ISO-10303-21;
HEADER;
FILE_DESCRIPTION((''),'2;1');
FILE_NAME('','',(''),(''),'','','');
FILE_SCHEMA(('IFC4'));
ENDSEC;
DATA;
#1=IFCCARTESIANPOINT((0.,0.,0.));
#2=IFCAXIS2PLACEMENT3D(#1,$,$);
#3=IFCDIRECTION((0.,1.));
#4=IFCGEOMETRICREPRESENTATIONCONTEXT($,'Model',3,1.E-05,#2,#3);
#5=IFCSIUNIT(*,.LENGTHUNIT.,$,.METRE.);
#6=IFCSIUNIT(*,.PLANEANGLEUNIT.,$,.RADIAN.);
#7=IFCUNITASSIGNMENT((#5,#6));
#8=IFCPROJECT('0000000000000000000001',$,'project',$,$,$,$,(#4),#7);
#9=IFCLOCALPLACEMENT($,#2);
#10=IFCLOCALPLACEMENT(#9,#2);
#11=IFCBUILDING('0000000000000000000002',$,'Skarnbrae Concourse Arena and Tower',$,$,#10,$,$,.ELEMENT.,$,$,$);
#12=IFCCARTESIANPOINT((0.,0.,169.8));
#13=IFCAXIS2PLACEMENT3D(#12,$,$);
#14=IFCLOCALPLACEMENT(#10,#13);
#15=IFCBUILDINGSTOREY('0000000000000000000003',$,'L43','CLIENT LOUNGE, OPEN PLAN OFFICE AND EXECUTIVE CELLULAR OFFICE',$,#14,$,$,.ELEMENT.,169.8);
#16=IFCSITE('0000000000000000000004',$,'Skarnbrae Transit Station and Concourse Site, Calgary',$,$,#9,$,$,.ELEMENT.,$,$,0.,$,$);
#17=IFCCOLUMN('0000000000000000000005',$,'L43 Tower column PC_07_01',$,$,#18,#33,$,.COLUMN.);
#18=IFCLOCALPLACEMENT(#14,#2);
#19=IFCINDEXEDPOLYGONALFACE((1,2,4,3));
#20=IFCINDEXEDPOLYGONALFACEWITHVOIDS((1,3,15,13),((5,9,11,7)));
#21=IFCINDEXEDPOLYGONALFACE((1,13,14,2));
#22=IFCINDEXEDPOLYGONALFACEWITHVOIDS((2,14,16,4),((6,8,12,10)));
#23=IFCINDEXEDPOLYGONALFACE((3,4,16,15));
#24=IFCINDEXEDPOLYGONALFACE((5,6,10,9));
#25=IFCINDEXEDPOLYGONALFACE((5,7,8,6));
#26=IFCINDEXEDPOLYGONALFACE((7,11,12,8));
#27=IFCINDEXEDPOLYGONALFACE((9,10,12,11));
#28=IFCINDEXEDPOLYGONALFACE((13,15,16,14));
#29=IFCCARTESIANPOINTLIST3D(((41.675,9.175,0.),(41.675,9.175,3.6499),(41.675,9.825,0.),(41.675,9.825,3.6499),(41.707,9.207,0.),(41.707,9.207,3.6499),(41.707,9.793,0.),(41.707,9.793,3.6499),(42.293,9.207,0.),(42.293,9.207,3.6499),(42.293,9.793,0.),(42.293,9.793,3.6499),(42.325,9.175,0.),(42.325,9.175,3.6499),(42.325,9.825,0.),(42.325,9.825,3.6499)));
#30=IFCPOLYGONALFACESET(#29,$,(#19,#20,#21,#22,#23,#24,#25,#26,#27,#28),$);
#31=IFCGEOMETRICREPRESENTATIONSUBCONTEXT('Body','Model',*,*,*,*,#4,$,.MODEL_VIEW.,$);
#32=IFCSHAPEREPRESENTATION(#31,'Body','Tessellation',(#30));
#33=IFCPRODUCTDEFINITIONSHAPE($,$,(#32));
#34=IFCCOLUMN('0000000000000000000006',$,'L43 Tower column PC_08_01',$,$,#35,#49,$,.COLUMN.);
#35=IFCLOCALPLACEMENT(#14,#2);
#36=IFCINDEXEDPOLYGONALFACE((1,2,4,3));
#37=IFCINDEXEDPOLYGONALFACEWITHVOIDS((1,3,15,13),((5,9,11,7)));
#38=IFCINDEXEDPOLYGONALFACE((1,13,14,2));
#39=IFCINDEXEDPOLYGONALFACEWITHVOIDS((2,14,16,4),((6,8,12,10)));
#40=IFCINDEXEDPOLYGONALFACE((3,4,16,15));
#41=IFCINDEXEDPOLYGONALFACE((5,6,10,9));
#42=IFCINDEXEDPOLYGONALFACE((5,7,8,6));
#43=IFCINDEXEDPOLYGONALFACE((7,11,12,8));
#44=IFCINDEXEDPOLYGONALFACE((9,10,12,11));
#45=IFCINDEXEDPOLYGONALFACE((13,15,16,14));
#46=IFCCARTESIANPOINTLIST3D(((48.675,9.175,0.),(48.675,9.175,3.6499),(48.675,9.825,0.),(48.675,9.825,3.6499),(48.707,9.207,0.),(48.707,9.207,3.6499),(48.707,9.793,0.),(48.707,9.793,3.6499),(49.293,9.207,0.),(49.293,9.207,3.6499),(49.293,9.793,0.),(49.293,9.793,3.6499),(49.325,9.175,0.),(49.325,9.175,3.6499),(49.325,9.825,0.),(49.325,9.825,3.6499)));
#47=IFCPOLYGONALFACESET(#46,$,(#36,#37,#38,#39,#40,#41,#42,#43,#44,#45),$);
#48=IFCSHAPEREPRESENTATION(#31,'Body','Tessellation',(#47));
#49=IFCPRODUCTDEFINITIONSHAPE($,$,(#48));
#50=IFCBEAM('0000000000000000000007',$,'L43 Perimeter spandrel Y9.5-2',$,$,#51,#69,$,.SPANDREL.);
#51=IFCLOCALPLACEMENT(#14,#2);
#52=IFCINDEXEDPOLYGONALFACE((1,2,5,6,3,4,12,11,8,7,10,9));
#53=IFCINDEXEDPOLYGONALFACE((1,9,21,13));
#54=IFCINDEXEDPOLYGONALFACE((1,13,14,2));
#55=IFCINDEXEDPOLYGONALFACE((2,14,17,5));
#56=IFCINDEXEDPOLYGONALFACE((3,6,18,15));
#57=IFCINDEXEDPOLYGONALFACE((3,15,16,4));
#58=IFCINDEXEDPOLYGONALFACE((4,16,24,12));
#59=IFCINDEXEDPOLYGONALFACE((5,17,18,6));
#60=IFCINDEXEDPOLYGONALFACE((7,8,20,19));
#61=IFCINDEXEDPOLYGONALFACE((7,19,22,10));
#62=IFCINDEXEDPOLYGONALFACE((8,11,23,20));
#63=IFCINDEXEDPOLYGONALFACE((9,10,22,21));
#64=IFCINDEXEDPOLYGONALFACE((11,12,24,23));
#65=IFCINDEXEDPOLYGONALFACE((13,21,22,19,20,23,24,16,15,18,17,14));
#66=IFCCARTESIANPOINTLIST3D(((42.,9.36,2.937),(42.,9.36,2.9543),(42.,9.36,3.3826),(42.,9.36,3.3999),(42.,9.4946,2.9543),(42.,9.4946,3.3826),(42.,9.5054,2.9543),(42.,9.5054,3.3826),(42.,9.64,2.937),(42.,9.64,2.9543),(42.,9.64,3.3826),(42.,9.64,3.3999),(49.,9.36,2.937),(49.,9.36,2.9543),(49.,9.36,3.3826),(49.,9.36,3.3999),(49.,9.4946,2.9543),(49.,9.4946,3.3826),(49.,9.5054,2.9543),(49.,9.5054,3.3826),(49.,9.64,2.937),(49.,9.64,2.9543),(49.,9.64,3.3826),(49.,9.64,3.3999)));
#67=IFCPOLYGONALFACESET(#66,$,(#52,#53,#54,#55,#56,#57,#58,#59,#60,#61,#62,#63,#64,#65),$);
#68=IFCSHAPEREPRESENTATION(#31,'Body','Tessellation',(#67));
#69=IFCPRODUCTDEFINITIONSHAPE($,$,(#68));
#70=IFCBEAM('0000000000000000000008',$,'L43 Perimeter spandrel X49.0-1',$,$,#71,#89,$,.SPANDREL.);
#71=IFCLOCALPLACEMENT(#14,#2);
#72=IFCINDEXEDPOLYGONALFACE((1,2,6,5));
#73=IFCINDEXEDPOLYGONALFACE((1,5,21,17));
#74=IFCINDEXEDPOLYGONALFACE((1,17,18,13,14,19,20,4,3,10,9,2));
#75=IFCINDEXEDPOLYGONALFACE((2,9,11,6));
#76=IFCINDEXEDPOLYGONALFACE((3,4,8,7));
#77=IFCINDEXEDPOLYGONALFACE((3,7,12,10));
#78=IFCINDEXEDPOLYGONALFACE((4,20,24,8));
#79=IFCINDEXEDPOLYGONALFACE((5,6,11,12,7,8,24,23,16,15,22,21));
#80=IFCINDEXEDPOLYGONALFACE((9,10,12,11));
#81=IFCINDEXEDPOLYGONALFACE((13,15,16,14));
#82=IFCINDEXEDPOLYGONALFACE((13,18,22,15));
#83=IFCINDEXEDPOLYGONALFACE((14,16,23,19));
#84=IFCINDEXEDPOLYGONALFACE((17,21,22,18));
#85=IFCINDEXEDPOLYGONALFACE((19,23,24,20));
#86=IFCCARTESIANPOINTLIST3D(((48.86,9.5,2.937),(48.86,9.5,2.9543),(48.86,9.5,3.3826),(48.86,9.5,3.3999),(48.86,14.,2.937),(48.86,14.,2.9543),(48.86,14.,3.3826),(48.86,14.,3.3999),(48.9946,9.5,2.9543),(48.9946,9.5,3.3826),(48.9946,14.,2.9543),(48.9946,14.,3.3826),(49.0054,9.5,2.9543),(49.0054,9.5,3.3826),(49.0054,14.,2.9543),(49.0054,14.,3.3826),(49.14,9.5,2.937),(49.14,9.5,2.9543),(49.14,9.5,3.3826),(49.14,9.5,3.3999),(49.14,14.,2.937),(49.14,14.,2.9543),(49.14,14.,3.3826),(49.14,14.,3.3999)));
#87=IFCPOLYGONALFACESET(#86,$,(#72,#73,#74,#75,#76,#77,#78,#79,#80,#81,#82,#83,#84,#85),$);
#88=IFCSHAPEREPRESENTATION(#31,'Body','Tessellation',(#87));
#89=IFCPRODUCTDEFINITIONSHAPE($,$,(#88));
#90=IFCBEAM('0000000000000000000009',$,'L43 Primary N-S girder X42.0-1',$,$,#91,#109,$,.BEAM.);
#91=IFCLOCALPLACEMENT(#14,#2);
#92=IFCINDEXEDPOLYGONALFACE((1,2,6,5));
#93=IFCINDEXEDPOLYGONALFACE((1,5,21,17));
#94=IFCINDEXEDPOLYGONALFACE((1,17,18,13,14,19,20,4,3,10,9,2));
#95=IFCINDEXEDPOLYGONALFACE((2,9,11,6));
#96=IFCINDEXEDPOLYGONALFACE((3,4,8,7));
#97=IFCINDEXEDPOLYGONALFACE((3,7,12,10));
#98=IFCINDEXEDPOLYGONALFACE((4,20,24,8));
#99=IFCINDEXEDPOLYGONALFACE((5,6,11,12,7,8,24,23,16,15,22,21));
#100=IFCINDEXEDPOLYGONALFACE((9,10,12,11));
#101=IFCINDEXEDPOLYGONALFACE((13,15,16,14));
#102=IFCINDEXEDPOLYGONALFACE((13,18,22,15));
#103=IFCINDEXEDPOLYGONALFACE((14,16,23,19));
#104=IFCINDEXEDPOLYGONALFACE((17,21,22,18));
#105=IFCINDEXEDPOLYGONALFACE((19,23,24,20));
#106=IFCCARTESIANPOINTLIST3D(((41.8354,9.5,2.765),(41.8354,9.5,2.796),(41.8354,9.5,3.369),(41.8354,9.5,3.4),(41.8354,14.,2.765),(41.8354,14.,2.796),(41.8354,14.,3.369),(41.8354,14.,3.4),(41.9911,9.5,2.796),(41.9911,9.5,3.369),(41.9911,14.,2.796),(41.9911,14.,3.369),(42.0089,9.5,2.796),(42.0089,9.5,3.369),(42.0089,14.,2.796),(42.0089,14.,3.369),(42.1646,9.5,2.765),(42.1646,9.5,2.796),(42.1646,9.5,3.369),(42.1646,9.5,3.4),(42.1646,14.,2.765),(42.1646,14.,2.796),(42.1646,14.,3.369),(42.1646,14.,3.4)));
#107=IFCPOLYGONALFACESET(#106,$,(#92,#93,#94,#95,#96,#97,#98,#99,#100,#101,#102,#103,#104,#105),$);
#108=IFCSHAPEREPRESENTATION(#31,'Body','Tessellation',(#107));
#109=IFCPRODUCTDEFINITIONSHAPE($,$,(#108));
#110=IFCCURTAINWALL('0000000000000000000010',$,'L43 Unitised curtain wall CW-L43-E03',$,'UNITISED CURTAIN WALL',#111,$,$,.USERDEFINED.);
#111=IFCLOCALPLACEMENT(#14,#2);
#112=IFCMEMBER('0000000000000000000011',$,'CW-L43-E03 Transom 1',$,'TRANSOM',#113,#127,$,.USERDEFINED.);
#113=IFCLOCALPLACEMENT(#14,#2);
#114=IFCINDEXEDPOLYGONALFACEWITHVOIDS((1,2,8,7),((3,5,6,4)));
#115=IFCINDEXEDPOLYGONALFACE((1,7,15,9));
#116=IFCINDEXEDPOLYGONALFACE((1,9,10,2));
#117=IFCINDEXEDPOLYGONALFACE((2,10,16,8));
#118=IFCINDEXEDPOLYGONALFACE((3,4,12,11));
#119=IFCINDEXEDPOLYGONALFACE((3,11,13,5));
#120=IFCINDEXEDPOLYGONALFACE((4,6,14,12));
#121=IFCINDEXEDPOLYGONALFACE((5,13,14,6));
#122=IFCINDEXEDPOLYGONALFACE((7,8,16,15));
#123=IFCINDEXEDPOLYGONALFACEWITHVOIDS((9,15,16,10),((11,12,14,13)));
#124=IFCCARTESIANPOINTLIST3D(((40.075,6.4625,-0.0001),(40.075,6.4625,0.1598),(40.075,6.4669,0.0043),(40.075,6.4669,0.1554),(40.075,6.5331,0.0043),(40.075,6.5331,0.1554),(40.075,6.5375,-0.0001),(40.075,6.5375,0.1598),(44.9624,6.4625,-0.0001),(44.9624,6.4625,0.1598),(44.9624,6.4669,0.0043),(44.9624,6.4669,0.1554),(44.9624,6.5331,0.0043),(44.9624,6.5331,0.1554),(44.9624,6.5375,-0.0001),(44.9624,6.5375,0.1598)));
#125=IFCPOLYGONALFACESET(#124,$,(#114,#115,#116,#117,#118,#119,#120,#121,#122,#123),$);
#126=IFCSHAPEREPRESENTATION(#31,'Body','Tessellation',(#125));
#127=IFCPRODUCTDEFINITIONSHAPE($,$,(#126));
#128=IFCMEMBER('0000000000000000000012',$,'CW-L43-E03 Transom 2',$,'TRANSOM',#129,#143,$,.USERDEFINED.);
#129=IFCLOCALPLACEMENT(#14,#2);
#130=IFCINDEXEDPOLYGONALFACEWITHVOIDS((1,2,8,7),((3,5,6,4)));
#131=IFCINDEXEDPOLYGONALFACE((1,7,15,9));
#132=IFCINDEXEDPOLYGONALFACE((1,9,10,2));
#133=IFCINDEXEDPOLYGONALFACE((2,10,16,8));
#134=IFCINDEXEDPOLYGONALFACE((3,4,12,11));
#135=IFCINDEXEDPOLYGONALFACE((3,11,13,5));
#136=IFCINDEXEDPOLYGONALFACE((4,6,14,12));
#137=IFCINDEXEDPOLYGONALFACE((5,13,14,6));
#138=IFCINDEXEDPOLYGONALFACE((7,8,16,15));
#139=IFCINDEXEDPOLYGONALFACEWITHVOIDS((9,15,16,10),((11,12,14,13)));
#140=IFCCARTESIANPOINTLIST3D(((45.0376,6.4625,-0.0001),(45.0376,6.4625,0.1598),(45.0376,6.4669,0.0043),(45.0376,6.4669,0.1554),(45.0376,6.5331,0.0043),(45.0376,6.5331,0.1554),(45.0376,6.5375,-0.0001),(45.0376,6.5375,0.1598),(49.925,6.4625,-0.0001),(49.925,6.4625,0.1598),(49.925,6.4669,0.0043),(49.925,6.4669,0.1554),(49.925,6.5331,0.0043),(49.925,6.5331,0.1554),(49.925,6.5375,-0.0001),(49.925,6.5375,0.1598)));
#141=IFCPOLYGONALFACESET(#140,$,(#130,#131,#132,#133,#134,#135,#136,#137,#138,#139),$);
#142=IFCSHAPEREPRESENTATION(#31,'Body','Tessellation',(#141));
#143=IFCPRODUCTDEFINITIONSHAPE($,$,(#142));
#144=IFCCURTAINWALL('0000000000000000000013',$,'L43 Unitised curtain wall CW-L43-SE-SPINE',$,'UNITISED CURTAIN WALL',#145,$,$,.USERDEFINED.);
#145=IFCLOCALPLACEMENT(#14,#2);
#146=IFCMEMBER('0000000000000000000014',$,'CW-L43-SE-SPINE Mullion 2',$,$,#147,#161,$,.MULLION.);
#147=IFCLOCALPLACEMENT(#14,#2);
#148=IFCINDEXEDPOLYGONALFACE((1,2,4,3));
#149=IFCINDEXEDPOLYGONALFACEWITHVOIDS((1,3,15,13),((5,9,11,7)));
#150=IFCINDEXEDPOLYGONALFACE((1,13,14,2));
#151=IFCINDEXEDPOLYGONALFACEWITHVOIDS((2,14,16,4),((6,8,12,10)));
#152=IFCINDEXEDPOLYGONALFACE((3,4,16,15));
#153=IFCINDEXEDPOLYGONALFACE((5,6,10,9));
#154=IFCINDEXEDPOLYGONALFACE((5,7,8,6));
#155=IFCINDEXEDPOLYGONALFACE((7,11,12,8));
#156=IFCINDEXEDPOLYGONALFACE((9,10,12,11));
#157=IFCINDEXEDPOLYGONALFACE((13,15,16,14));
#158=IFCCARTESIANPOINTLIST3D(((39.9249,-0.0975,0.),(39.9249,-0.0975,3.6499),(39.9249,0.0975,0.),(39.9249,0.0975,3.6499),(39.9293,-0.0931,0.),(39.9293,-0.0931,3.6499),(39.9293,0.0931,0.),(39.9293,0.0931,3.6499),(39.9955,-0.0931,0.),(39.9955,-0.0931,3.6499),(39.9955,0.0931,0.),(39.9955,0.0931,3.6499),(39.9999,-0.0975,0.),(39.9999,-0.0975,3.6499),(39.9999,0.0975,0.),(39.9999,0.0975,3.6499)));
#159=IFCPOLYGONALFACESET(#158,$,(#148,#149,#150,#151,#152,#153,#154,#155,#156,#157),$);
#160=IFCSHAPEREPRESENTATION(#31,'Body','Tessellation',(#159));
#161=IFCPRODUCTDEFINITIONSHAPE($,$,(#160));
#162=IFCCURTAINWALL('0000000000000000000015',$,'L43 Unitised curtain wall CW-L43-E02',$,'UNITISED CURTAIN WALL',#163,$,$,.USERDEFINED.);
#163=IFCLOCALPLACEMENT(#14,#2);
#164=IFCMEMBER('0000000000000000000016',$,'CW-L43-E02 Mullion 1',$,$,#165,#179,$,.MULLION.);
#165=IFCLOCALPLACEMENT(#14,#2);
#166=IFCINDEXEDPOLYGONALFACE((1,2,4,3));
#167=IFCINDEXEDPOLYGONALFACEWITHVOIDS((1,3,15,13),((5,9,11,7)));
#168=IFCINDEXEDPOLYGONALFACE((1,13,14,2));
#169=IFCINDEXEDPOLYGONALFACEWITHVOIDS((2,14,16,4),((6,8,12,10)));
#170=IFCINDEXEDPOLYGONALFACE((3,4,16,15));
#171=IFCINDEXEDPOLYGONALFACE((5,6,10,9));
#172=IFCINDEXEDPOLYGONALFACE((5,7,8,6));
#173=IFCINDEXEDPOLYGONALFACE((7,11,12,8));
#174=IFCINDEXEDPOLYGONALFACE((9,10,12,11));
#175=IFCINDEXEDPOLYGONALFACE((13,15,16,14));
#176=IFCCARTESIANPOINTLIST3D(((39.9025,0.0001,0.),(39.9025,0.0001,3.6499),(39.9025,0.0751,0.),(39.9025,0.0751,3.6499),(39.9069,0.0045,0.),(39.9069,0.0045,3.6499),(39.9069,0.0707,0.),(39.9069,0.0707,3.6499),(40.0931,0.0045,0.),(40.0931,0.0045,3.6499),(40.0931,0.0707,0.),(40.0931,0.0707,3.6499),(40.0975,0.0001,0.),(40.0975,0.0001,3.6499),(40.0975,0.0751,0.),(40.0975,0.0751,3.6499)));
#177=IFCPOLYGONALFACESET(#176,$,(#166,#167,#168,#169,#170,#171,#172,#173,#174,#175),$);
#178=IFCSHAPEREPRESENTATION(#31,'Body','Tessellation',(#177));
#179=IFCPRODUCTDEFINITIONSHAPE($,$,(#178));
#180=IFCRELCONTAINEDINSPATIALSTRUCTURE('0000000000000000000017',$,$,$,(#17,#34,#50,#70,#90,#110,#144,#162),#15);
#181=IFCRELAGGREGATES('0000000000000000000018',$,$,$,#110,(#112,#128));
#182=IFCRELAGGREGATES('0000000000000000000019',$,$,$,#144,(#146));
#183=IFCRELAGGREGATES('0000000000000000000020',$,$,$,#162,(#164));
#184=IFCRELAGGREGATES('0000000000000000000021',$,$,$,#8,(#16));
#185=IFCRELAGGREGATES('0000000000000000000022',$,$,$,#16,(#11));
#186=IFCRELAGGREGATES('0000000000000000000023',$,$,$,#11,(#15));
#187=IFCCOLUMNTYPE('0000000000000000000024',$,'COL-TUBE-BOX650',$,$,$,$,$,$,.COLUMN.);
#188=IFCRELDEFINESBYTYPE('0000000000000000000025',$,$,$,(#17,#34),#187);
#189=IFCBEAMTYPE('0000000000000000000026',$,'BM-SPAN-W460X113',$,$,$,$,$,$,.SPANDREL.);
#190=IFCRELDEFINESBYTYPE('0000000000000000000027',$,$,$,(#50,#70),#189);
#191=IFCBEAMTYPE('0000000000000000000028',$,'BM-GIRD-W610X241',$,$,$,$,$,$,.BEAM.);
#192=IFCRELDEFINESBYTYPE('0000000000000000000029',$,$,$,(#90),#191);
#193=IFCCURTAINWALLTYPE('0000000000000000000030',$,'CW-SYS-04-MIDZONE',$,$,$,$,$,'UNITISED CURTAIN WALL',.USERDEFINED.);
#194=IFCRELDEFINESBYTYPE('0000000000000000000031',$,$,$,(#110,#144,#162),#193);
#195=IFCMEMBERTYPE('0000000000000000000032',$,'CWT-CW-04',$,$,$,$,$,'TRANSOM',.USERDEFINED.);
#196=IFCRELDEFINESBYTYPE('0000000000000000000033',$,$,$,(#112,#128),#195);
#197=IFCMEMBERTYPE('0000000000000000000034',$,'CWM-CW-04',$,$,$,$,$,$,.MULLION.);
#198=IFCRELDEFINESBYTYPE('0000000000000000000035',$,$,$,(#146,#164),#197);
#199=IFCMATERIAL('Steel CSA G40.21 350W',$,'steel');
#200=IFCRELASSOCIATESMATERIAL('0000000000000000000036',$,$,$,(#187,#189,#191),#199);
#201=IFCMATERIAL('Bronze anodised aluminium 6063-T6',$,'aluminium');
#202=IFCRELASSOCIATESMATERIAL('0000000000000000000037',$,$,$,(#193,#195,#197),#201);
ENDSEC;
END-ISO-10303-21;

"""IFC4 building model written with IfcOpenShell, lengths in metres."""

from ifc_helpers import new_model, si_unit, direction, frame, origin, origin_2d, place, context, subcontext, project, spatial, hollow_rectangle, i_section, extrude, source, transform, mapped, material, material_profile, profile_set, type_object, element, aggregate, save


model = new_model("IFC4")

# Units and contexts
model_context = context("Model", 3, precision=1e-05, world=origin(), true_north=direction((0.0, 1.0)))
body_context = subcontext(model_context, "Body", "Model", "MODEL_VIEW")
ifc_project = project(units=[si_unit("LENGTHUNIT", "METRE"), si_unit("PLANEANGLEUNIT", "RADIAN")], contexts=[model_context])

# Site, building, storey
site_placement = place(None, origin())
site = spatial("IfcSite", under=ifc_project, at=site_placement, Name="Skarnbrae Transit Station and Concourse Site, Calgary", CompositionType="ELEMENT", RefElevation=0.0)
building_placement = place(site_placement, origin())
building = spatial("IfcBuilding", under=site, at=building_placement, Name="Skarnbrae Concourse Arena and Tower", CompositionType="ELEMENT")
storey_placement = place(building_placement, frame((0.0, 0.0, 169.8)))
storey = spatial("IfcBuildingStorey", under=building, at=storey_placement, Name="L43", Description="CLIENT LOUNGE, OPEN PLAN OFFICE AND EXECUTIVE CELLULAR OFFICE", CompositionType="ELEMENT", Elevation=169.8)

# Columns
ifc_material_1 = material(Name="Steel CSA G40.21 350W", Category="steel")
ifc_material_profile_1 = material_profile(ifc_material_1, hollow_rectangle(XDim=0.6499, YDim=0.6499, WallThickness=0.032, at=origin_2d()), Name="BOX650X650X32")
ifc_profile_set_1 = profile_set([ifc_material_profile_1], Name="Steel CSA G40.21 350W")
column_type = type_object("IfcColumnType", Name="COL-TUBE-BOX650", PredefinedType="COLUMN", material=ifc_profile_set_1)
shared_shape_1 = source(origin(), body_context, "Body", "SweptSolid", [
    extrude(hollow_rectangle(XDim=0.6499, YDim=0.6499, WallThickness=0.032, at=origin_2d()), origin(), (0.0, 0.0, 1.0), 3.6499),
])
for number, where, z_axis, x_axis, name in (
    (1, (42.0, 9.5, 0.0), (0.0, 0.0, 1.0), (1.0, 0.0, 0.0), "L43 Tower column PC_07_01"),
    (2, (49.0, 9.5, 0.0), (0.0, 0.0, 1.0), (1.0, 0.0, 0.0), "L43 Tower column PC_08_01"),
):
    element("IfcColumn", number, at=place(storey_placement, frame(where, z_axis=z_axis, x_axis=x_axis)), inside=storey, type_object=column_type, Name=name, PredefinedType="COLUMN", context=body_context, shape_type="MappedRepresentation", body=[
        mapped(shared_shape_1, transform((0.0, 0.0, 0.0))),
    ])

# Beams
ifc_material_profile_2 = material_profile(ifc_material_1, i_section(OverallWidth=0.28, OverallDepth=0.4629, WebThickness=0.0107, FlangeThickness=0.0173, at=origin_2d()), Name="W460X113")
ifc_profile_set_2 = profile_set([ifc_material_profile_2], Name="Steel CSA G40.21 350W")
beam_type_1 = type_object("IfcBeamType", Name="BM-SPAN-W460X113", PredefinedType="SPANDREL", material=ifc_profile_set_2)
shared_shape_2 = source(origin(), body_context, "Body", "SweptSolid", [
    extrude(i_section(OverallWidth=0.28, OverallDepth=0.4629, WebThickness=0.0107, FlangeThickness=0.0173, at=origin_2d()), origin(), (0.0, 0.0, 1.0), 7.0),
])
beam_1_placement = place(storey_placement, frame((42.0, 9.5, 3.1685), z_axis=(1.0, 0.0, 0.0), x_axis=(0.0, 1.0, 0.0)))
element("IfcBeam", 3, at=beam_1_placement, inside=storey, type_object=beam_type_1, Name="L43 Perimeter spandrel Y9.5-2", PredefinedType="SPANDREL", context=body_context, shape_type="MappedRepresentation", body=[
    mapped(shared_shape_2, transform((0.0, 0.0, 0.0))),
])
shared_shape_3 = source(origin(), body_context, "Body", "SweptSolid", [
    extrude(i_section(OverallWidth=0.28, OverallDepth=0.4629, WebThickness=0.0107, FlangeThickness=0.0173, at=origin_2d()), origin(), (0.0, 0.0, 1.0), 4.5),
])
beam_2_placement = place(storey_placement, frame((49.0, 9.5, 3.1685), z_axis=(0.0, 1.0, 0.0), x_axis=(-1.0, 0.0, 0.0)))
element("IfcBeam", 4, at=beam_2_placement, inside=storey, type_object=beam_type_1, Name="L43 Perimeter spandrel X49.0-1", PredefinedType="SPANDREL", context=body_context, shape_type="MappedRepresentation", body=[
    mapped(shared_shape_3, transform((0.0, 0.0, 0.0))),
])
ifc_material_profile_3 = material_profile(ifc_material_1, i_section(OverallWidth=0.3291, OverallDepth=0.635, WebThickness=0.0178, FlangeThickness=0.031, at=origin_2d()), Name="W610X241")
ifc_profile_set_3 = profile_set([ifc_material_profile_3], Name="Steel CSA G40.21 350W")
beam_type_2 = type_object("IfcBeamType", Name="BM-GIRD-W610X241", PredefinedType="BEAM", material=ifc_profile_set_3)
shared_shape_4 = source(origin(), body_context, "Body", "SweptSolid", [
    extrude(i_section(OverallWidth=0.3291, OverallDepth=0.635, WebThickness=0.0178, FlangeThickness=0.031, at=origin_2d()), origin(), (0.0, 0.0, 1.0), 4.5),
])
beam_3_placement = place(storey_placement, frame((42.0, 9.5, 3.0825), z_axis=(0.0, 1.0, 0.0), x_axis=(-1.0, 0.0, 0.0)))
element("IfcBeam", 5, at=beam_3_placement, inside=storey, type_object=beam_type_2, Name="L43 Primary N-S girder X42.0-1", PredefinedType="BEAM", context=body_context, shape_type="MappedRepresentation", body=[
    mapped(shared_shape_4, transform((0.0, 0.0, 0.0))),
])

# Curtain wall, members
ifc_material_2 = material(Name="Bronze anodised aluminium 6063-T6", Category="aluminium")
curtain_wall_type = type_object("IfcCurtainWallType", Name="CW-SYS-04-MIDZONE", ElementType="UNITISED CURTAIN WALL", PredefinedType="USERDEFINED", material=ifc_material_2)
curtain_wall_1_placement = place(storey_placement, origin())
curtain_wall_1 = element("IfcCurtainWall", 6, at=curtain_wall_1_placement, inside=storey, type_object=curtain_wall_type, Name="L43 Unitised curtain wall CW-L43-E03", ObjectType="UNITISED CURTAIN WALL", PredefinedType="USERDEFINED")
ifc_material_profile_4 = material_profile(ifc_material_2, hollow_rectangle(XDim=0.075, YDim=0.1599, WallThickness=0.0044, at=origin_2d()), Name="ALU-TRAN-75X160")
ifc_profile_set_4 = profile_set([ifc_material_profile_4], Name="Bronze anodised aluminium 6063-T6")
member_type_1 = type_object("IfcMemberType", Name="CWT-CW-04", ElementType="TRANSOM", PredefinedType="USERDEFINED", material=ifc_profile_set_4)
shared_shape_5 = source(origin(), body_context, "Body", "SweptSolid", [
    extrude(hollow_rectangle(XDim=0.075, YDim=0.1599, WallThickness=0.0044, at=origin_2d()), origin(), (0.0, 0.0, 1.0), 4.8875),
])
member_1_placement = place(storey_placement, frame((40.075, 6.5, 0.0798), z_axis=(1.0, 0.0, 0.0), x_axis=(0.0, 1.0, 0.0)))
member_1 = element("IfcMember", 7, at=member_1_placement, type_object=member_type_1, Name="CW-L43-E03 Transom 1", ObjectType="TRANSOM", PredefinedType="USERDEFINED", context=body_context, shape_type="MappedRepresentation", body=[
    mapped(shared_shape_5, transform((0.0, 0.0, 0.0))),
])
member_2_placement = place(storey_placement, frame((45.0376, 6.5, 0.0798), z_axis=(1.0, 0.0, 0.0), x_axis=(0.0, 1.0, 0.0)))
member_2 = element("IfcMember", 8, at=member_2_placement, type_object=member_type_1, Name="CW-L43-E03 Transom 2", ObjectType="TRANSOM", PredefinedType="USERDEFINED", context=body_context, shape_type="MappedRepresentation", body=[
    mapped(shared_shape_5, transform((0.0, 0.0, 0.0))),
])

# Curtain wall, member
curtain_wall_2_placement = place(storey_placement, origin())
curtain_wall_2 = element("IfcCurtainWall", 9, at=curtain_wall_2_placement, inside=storey, type_object=curtain_wall_type, Name="L43 Unitised curtain wall CW-L43-SE-SPINE", ObjectType="UNITISED CURTAIN WALL", PredefinedType="USERDEFINED")
ifc_material_profile_5 = material_profile(ifc_material_2, hollow_rectangle(XDim=0.075, YDim=0.1951, WallThickness=0.0044, at=origin_2d()), Name="ALU-MULL-75X195")
ifc_profile_set_5 = profile_set([ifc_material_profile_5], Name="Bronze anodised aluminium 6063-T6")
member_type_2 = type_object("IfcMemberType", Name="CWM-CW-04", PredefinedType="MULLION", material=ifc_profile_set_5)
shared_shape_6 = source(origin(), body_context, "Body", "SweptSolid", [
    extrude(hollow_rectangle(XDim=0.075, YDim=0.1951, WallThickness=0.0044, at=origin_2d()), origin(), (0.0, 0.0, 1.0), 3.6499),
])
member_3_placement = place(storey_placement, frame((39.9624, 0.0, 0.0), z_axis=(0.0, 0.0, 1.0), x_axis=(1.0, 0.0, 0.0)))
member_3 = element("IfcMember", 10, at=member_3_placement, type_object=member_type_2, Name="CW-L43-SE-SPINE Mullion 2", PredefinedType="MULLION", context=body_context, shape_type="MappedRepresentation", body=[
    mapped(shared_shape_6, transform((0.0, 0.0, 0.0))),
])

# Curtain wall, member
curtain_wall_3_placement = place(storey_placement, origin())
curtain_wall_3 = element("IfcCurtainWall", 11, at=curtain_wall_3_placement, inside=storey, type_object=curtain_wall_type, Name="L43 Unitised curtain wall CW-L43-E02", ObjectType="UNITISED CURTAIN WALL", PredefinedType="USERDEFINED")
member_4_placement = place(storey_placement, frame((40.0, 0.0376, 0.0), z_axis=(0.0, 0.0, 1.0), x_axis=(0.0, 1.0, 0.0)))
member_4 = element("IfcMember", 12, at=member_4_placement, type_object=member_type_2, Name="CW-L43-E02 Mullion 1", PredefinedType="MULLION", context=body_context, shape_type="MappedRepresentation", body=[
    mapped(shared_shape_6, transform((0.0, 0.0, 0.0))),
])

aggregate(curtain_wall_1, [member_1, member_2])
aggregate(curtain_wall_2, [member_3])
aggregate(curtain_wall_3, [member_4])

save(model, "model.ifc")
